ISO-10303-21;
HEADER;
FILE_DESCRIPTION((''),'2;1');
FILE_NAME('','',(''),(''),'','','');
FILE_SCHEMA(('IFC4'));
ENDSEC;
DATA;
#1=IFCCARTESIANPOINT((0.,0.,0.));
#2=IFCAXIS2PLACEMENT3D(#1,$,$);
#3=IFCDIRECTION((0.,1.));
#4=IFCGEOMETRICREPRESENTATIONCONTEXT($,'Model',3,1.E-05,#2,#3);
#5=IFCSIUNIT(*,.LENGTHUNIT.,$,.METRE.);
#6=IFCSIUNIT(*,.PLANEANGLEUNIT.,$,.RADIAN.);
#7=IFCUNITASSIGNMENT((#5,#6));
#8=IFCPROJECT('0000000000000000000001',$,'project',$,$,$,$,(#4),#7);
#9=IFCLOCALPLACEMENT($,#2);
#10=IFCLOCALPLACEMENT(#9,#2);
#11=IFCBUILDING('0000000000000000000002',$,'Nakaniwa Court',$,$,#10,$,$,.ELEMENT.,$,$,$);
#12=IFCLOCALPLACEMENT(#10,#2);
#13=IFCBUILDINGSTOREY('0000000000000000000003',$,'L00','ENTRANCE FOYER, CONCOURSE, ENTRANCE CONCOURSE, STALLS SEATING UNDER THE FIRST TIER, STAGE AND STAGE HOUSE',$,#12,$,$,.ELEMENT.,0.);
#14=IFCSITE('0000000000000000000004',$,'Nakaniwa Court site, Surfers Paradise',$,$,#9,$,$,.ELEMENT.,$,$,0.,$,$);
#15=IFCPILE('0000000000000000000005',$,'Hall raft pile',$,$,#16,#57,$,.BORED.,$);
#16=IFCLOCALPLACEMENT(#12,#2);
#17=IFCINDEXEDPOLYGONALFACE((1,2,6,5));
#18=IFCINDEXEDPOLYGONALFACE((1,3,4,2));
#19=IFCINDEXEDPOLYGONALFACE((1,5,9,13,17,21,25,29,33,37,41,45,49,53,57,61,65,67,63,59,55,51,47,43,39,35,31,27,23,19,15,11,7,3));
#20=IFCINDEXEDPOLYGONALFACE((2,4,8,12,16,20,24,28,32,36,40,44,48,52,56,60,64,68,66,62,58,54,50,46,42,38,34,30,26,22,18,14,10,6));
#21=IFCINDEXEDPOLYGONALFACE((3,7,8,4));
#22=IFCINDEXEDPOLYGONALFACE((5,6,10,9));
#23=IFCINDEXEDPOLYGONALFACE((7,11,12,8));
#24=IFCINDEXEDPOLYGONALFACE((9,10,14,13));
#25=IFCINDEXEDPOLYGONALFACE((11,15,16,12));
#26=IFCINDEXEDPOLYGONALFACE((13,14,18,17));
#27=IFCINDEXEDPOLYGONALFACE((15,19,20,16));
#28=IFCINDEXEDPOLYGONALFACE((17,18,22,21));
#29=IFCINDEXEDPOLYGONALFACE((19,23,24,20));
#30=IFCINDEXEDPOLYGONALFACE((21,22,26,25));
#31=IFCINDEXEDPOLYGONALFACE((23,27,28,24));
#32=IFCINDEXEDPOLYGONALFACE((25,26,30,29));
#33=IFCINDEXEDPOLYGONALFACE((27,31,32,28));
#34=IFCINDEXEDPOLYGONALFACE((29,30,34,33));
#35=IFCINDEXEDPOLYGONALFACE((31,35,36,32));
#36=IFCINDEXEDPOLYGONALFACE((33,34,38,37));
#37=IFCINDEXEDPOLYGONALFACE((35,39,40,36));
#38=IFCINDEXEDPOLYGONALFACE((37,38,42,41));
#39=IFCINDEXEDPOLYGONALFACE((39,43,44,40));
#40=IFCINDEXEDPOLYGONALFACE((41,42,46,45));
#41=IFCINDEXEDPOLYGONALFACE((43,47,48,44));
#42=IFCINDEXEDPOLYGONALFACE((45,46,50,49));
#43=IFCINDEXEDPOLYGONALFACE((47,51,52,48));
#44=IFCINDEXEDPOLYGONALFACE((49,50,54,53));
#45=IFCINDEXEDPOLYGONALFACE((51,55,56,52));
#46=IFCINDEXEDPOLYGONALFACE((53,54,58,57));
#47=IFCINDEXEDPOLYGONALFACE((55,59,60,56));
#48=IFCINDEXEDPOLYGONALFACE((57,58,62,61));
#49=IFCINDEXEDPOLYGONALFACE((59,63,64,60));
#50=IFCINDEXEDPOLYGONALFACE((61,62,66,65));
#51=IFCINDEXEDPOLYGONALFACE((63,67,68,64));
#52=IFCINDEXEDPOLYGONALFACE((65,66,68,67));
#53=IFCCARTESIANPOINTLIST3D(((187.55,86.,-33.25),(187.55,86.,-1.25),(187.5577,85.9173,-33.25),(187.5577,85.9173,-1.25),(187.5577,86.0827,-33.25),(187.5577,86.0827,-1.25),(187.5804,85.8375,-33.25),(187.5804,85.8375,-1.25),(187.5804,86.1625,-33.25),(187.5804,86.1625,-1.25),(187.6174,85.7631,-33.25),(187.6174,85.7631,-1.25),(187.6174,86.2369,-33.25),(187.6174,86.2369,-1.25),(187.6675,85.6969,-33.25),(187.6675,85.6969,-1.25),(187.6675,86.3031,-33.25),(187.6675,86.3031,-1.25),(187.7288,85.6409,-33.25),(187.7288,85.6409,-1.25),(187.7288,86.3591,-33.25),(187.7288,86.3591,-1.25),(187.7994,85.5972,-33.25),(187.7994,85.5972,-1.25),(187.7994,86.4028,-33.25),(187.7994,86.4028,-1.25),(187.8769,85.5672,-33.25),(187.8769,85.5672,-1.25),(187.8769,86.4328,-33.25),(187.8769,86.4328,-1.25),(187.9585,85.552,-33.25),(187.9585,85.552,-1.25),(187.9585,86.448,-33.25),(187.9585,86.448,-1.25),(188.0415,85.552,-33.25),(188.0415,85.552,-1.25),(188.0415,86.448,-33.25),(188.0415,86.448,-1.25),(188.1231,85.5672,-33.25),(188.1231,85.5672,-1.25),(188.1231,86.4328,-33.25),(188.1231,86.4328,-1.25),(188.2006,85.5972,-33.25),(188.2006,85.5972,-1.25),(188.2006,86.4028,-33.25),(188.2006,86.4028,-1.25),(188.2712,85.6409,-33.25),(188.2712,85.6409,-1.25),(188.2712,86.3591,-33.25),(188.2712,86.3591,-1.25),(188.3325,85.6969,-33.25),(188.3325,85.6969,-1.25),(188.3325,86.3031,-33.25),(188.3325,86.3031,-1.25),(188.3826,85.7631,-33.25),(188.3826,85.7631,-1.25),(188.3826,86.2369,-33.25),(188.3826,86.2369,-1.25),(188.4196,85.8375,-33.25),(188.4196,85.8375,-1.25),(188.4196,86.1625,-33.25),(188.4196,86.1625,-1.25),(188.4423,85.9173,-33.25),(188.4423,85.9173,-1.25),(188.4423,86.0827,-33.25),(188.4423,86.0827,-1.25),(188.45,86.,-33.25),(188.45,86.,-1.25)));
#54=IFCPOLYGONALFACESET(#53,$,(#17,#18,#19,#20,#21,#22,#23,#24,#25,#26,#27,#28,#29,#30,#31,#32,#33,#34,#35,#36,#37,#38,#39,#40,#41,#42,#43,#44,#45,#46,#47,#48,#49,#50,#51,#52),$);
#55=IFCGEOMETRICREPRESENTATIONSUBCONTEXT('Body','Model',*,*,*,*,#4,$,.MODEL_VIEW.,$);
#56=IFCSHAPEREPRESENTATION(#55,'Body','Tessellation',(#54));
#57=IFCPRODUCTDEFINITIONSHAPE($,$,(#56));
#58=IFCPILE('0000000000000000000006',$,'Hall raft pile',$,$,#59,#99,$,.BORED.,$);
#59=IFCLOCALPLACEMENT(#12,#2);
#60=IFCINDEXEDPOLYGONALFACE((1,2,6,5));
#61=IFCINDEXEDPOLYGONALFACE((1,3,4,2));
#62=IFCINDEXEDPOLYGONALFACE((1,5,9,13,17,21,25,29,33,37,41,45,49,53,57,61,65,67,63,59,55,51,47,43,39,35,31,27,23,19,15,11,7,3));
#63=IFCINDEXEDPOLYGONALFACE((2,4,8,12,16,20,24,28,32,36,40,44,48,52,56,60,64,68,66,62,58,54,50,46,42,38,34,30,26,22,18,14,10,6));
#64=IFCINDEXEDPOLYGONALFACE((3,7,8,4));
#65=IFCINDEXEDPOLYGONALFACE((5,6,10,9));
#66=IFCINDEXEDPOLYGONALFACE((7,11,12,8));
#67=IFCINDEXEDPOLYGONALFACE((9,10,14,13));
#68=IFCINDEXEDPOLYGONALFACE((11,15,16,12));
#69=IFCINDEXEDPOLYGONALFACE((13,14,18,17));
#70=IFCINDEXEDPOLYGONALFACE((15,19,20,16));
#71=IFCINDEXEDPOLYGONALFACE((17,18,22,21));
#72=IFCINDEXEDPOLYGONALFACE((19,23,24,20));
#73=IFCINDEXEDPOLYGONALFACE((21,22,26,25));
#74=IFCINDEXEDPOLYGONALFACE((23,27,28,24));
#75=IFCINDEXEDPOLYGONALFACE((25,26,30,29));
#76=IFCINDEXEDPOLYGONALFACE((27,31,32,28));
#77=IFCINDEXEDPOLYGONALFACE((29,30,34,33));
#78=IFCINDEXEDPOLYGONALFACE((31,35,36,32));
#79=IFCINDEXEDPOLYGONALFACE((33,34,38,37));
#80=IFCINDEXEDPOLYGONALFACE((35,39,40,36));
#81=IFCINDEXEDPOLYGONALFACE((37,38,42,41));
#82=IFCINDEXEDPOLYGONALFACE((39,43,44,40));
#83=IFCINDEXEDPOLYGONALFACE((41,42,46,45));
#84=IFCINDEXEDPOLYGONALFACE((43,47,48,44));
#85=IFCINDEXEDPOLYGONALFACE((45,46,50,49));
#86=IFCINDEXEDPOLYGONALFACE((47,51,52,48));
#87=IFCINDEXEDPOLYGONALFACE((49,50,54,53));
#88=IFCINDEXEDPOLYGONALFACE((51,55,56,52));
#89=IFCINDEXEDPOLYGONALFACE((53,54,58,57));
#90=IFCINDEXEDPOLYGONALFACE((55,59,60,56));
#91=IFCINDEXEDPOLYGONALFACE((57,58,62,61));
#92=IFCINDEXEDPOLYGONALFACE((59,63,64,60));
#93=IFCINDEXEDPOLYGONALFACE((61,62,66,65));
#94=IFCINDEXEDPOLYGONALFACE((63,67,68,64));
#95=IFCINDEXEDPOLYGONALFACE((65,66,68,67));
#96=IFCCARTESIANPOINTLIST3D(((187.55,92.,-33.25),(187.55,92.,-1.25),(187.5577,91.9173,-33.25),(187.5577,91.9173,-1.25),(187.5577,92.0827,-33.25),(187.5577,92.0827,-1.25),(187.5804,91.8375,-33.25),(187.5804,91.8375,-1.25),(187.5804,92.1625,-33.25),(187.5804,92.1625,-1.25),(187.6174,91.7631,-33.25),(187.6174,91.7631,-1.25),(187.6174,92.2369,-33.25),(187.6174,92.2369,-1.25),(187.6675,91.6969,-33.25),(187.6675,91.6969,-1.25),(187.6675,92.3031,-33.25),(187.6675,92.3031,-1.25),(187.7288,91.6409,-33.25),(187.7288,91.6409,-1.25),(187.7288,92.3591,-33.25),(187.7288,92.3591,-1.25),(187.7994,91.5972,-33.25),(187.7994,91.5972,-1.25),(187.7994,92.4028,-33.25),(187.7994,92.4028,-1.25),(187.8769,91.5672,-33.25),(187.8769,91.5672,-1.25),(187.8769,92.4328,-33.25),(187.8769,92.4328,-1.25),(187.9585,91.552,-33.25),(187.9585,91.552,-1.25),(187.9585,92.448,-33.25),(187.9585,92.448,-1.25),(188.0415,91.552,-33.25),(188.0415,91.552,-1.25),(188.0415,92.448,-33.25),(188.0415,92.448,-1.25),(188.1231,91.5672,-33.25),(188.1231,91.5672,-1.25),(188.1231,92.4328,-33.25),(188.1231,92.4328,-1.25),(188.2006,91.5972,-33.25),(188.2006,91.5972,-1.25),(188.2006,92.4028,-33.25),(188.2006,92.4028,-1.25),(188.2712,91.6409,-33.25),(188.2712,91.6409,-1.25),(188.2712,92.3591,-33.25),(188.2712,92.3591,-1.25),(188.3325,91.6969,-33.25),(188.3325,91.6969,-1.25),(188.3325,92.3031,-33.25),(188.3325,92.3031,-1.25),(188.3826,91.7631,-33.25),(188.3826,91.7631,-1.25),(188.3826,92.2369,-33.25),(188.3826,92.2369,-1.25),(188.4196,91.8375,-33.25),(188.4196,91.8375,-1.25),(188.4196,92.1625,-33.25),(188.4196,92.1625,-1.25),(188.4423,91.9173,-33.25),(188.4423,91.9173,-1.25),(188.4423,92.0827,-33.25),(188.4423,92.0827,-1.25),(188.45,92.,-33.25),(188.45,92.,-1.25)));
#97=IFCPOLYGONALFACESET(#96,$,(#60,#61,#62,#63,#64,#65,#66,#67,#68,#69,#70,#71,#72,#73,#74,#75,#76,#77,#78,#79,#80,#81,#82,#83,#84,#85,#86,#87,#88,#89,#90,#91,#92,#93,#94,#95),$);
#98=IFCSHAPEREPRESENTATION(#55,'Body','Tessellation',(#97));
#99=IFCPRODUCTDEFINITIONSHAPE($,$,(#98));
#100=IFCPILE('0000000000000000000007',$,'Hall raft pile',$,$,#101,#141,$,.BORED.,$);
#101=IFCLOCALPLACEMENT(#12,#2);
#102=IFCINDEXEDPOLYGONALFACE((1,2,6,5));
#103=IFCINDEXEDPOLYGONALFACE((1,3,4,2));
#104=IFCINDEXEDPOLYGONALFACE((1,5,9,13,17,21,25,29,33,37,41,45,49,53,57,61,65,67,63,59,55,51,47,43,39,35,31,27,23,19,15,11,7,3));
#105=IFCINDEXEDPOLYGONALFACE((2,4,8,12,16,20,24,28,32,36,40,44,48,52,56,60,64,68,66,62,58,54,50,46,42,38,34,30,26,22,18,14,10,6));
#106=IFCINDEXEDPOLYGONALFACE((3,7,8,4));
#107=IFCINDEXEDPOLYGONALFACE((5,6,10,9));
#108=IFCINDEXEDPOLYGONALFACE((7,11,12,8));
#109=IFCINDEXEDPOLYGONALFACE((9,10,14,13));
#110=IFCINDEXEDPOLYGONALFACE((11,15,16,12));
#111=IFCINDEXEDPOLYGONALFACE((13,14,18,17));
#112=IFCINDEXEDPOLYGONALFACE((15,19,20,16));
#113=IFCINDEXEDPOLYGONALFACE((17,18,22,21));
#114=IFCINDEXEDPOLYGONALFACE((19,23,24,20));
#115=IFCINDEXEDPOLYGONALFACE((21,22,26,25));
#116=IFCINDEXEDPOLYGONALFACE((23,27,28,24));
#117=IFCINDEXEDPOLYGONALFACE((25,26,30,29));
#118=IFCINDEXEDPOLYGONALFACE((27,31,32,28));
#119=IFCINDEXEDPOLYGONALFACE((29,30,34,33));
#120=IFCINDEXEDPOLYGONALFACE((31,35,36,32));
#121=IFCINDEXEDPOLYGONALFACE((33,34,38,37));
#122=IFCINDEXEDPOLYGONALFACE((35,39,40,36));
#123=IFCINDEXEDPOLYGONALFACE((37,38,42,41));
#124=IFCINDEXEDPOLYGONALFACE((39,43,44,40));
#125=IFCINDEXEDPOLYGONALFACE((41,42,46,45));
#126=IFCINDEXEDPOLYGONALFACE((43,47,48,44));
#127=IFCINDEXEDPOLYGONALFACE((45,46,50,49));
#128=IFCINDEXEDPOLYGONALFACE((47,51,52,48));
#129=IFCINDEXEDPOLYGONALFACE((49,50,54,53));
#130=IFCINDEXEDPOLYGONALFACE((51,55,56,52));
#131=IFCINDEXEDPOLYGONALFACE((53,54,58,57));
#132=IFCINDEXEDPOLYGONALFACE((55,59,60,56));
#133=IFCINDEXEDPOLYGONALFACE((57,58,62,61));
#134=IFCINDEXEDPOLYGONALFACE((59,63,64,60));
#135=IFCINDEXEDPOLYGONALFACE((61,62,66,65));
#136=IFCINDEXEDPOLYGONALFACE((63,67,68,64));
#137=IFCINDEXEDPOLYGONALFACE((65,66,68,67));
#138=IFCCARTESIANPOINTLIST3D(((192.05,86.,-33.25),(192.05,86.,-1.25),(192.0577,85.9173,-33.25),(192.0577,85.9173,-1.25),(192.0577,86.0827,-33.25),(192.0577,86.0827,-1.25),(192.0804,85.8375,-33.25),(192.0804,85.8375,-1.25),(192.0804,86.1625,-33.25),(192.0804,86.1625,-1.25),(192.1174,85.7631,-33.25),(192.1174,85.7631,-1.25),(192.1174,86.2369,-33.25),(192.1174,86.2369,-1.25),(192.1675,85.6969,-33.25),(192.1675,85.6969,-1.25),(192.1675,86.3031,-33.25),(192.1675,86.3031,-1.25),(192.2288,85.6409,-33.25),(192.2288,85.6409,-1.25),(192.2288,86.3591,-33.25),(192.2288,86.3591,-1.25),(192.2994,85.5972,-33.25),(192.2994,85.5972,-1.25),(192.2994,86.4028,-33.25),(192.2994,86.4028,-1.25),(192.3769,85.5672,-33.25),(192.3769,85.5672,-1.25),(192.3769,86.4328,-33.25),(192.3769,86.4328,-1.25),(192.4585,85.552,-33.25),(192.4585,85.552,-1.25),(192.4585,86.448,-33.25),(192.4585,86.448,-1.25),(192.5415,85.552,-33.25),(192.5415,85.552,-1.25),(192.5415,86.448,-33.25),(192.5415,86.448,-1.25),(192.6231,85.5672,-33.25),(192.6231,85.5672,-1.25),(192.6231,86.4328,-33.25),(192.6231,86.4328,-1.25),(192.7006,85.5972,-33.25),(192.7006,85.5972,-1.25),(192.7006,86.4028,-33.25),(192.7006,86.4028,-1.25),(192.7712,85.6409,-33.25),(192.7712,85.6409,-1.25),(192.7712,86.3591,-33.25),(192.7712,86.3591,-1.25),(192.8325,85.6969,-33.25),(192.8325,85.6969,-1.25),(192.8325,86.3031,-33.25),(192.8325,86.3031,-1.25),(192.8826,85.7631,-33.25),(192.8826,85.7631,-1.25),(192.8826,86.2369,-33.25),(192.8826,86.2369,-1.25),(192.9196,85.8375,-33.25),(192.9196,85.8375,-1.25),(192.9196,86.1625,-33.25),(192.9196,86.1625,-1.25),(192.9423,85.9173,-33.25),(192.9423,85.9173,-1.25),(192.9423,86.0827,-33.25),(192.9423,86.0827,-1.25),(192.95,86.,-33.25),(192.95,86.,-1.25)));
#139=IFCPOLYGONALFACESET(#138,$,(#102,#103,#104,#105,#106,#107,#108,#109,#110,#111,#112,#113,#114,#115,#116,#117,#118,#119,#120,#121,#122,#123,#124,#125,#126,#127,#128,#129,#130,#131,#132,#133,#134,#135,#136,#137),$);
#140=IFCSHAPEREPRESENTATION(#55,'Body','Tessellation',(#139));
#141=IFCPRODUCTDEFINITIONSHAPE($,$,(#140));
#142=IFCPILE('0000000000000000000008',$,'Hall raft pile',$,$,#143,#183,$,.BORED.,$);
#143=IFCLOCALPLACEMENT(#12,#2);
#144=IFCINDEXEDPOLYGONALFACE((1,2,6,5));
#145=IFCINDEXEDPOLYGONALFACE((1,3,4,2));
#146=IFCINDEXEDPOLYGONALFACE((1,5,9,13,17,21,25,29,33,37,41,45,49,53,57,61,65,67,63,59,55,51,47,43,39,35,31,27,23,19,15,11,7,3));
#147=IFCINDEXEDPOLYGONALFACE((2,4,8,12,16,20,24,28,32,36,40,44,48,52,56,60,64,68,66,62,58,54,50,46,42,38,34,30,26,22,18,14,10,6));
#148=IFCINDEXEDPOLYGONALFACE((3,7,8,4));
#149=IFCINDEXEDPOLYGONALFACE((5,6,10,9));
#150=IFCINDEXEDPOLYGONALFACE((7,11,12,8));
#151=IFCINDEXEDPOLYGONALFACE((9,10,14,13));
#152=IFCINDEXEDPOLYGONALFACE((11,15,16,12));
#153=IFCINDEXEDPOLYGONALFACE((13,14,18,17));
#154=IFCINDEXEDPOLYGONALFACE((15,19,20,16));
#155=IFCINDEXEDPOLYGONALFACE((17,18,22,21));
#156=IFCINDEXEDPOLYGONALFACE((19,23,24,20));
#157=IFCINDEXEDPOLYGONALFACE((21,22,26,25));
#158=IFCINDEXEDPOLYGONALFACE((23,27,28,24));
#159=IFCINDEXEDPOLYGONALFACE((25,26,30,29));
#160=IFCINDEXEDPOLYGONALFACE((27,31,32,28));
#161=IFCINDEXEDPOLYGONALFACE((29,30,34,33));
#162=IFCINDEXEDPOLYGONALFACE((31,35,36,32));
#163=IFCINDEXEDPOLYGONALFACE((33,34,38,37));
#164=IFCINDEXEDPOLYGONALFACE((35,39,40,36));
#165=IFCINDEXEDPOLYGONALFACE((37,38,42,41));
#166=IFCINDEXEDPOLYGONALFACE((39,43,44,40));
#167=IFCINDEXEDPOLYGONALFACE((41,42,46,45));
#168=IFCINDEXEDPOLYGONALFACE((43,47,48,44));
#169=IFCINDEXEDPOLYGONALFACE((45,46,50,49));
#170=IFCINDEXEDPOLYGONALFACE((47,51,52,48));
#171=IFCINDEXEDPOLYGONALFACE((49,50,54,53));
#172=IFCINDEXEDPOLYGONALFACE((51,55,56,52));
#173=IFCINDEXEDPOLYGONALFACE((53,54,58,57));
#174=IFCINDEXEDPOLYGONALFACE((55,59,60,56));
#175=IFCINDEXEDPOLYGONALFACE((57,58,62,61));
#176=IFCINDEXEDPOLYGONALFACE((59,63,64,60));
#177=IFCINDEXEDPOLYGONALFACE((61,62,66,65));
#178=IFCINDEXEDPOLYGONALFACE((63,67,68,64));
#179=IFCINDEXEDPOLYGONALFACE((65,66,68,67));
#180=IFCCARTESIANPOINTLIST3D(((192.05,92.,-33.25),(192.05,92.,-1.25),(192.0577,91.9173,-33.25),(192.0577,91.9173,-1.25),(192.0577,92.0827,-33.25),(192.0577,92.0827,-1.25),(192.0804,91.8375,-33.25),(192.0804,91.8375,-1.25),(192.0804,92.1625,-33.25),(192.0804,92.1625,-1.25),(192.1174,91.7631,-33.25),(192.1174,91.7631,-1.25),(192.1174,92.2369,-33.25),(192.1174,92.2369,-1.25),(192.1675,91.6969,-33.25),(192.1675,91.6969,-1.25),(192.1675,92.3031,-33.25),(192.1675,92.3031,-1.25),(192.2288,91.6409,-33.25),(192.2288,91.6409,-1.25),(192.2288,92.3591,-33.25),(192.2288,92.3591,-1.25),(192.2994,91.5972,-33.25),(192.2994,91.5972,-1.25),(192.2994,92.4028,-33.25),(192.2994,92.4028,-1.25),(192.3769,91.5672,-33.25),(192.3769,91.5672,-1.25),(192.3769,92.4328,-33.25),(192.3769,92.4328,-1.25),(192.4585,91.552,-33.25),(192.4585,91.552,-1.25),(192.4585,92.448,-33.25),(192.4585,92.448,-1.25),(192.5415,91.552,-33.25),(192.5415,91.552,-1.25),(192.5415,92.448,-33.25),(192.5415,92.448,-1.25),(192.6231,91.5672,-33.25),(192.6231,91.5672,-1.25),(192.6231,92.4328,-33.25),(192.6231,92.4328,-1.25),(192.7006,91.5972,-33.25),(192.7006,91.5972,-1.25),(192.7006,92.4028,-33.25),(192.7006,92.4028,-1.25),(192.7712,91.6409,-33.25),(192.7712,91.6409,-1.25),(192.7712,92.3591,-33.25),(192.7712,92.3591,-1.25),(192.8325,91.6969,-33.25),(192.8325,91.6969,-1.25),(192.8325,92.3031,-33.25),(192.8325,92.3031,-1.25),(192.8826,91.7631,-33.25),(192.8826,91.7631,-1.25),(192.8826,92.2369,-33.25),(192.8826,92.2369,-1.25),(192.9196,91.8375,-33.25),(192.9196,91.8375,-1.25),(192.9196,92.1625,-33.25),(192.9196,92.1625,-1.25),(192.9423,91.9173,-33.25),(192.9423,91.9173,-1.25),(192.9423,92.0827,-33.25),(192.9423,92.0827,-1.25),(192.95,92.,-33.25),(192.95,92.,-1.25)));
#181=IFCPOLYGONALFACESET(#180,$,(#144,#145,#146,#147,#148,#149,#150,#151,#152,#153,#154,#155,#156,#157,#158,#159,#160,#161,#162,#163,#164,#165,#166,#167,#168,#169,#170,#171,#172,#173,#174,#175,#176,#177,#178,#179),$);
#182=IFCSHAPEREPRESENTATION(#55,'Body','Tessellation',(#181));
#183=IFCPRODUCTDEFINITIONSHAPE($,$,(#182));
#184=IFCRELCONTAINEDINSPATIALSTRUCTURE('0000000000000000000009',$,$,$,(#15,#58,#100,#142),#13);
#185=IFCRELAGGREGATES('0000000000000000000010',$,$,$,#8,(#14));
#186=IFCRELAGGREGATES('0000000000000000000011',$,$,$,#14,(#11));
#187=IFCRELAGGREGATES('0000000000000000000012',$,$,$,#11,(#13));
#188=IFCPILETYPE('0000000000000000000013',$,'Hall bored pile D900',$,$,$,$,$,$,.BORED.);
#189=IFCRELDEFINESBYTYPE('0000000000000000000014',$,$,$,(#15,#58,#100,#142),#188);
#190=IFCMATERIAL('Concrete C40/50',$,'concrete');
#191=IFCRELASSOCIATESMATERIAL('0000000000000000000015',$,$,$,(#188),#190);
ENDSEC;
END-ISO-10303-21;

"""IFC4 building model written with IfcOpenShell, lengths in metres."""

from ifc_helpers import new_model, si_unit, direction, frame, origin, origin_2d, place, context, subcontext, project, spatial, circle, extrude, material, material_profile, profile_set, type_object, element, save


model = new_model("IFC4")

# Units and contexts
model_context = context("Model", 3, precision=1e-05, world=origin(), true_north=direction((0.0, 1.0)))
body_context = subcontext(model_context, "Body", "Model", "MODEL_VIEW")
ifc_project = project(units=[si_unit("LENGTHUNIT", "METRE"), si_unit("PLANEANGLEUNIT", "RADIAN")], contexts=[model_context])

# Site, building, storey
site_placement = place(None, origin())
site = spatial("IfcSite", under=ifc_project, at=site_placement, Name="Nakaniwa Court site, Surfers Paradise", CompositionType="ELEMENT", RefElevation=0.0)
building_placement = place(site_placement, origin())
building = spatial("IfcBuilding", under=site, at=building_placement, Name="Nakaniwa Court", CompositionType="ELEMENT")
storey_placement = place(building_placement, origin())
storey = spatial("IfcBuildingStorey", under=building, at=storey_placement, Name="L00", Description="ENTRANCE FOYER, CONCOURSE, ENTRANCE CONCOURSE, STALLS SEATING UNDER THE FIRST TIER, STAGE AND STAGE HOUSE", CompositionType="ELEMENT", Elevation=0.0)

# Piles
ifc_material_1 = material(Name="Concrete C40/50", Category="concrete")
ifc_material_profile_1 = material_profile(ifc_material_1, circle(Radius=0.45, at=origin_2d()), Name="Bored pile D900")
ifc_profile_set_1 = profile_set([ifc_material_profile_1], Name="Concrete C40/50")
pile_type = type_object("IfcPileType", Name="Hall bored pile D900", PredefinedType="BORED", material=ifc_profile_set_1)
for number, where, z_axis, x_axis, name in (
    (1, (188.0, 86.0, -1.25), (0.0, 0.0, -1.0), (1.0, 0.0, 0.0), "Hall raft pile"),
    (2, (188.0, 92.0, -1.25), (0.0, 0.0, -1.0), (1.0, 0.0, 0.0), "Hall raft pile"),
    (3, (192.5, 86.0, -1.25), (0.0, 0.0, -1.0), (1.0, 0.0, 0.0), "Hall raft pile"),
    (4, (192.5, 92.0, -1.25), (0.0, 0.0, -1.0), (1.0, 0.0, 0.0), "Hall raft pile"),
):
    element("IfcPile", number, at=place(storey_placement, frame(where, z_axis=z_axis, x_axis=x_axis)), inside=storey, type_object=pile_type, Name=name, PredefinedType="BORED", context=body_context, shape_type="SweptSolid", body=[
        extrude(circle(Radius=0.45, at=origin_2d()), origin(), (0.0, 0.0, 1.0), 32.0),
    ])

save(model, "model.ifc")
